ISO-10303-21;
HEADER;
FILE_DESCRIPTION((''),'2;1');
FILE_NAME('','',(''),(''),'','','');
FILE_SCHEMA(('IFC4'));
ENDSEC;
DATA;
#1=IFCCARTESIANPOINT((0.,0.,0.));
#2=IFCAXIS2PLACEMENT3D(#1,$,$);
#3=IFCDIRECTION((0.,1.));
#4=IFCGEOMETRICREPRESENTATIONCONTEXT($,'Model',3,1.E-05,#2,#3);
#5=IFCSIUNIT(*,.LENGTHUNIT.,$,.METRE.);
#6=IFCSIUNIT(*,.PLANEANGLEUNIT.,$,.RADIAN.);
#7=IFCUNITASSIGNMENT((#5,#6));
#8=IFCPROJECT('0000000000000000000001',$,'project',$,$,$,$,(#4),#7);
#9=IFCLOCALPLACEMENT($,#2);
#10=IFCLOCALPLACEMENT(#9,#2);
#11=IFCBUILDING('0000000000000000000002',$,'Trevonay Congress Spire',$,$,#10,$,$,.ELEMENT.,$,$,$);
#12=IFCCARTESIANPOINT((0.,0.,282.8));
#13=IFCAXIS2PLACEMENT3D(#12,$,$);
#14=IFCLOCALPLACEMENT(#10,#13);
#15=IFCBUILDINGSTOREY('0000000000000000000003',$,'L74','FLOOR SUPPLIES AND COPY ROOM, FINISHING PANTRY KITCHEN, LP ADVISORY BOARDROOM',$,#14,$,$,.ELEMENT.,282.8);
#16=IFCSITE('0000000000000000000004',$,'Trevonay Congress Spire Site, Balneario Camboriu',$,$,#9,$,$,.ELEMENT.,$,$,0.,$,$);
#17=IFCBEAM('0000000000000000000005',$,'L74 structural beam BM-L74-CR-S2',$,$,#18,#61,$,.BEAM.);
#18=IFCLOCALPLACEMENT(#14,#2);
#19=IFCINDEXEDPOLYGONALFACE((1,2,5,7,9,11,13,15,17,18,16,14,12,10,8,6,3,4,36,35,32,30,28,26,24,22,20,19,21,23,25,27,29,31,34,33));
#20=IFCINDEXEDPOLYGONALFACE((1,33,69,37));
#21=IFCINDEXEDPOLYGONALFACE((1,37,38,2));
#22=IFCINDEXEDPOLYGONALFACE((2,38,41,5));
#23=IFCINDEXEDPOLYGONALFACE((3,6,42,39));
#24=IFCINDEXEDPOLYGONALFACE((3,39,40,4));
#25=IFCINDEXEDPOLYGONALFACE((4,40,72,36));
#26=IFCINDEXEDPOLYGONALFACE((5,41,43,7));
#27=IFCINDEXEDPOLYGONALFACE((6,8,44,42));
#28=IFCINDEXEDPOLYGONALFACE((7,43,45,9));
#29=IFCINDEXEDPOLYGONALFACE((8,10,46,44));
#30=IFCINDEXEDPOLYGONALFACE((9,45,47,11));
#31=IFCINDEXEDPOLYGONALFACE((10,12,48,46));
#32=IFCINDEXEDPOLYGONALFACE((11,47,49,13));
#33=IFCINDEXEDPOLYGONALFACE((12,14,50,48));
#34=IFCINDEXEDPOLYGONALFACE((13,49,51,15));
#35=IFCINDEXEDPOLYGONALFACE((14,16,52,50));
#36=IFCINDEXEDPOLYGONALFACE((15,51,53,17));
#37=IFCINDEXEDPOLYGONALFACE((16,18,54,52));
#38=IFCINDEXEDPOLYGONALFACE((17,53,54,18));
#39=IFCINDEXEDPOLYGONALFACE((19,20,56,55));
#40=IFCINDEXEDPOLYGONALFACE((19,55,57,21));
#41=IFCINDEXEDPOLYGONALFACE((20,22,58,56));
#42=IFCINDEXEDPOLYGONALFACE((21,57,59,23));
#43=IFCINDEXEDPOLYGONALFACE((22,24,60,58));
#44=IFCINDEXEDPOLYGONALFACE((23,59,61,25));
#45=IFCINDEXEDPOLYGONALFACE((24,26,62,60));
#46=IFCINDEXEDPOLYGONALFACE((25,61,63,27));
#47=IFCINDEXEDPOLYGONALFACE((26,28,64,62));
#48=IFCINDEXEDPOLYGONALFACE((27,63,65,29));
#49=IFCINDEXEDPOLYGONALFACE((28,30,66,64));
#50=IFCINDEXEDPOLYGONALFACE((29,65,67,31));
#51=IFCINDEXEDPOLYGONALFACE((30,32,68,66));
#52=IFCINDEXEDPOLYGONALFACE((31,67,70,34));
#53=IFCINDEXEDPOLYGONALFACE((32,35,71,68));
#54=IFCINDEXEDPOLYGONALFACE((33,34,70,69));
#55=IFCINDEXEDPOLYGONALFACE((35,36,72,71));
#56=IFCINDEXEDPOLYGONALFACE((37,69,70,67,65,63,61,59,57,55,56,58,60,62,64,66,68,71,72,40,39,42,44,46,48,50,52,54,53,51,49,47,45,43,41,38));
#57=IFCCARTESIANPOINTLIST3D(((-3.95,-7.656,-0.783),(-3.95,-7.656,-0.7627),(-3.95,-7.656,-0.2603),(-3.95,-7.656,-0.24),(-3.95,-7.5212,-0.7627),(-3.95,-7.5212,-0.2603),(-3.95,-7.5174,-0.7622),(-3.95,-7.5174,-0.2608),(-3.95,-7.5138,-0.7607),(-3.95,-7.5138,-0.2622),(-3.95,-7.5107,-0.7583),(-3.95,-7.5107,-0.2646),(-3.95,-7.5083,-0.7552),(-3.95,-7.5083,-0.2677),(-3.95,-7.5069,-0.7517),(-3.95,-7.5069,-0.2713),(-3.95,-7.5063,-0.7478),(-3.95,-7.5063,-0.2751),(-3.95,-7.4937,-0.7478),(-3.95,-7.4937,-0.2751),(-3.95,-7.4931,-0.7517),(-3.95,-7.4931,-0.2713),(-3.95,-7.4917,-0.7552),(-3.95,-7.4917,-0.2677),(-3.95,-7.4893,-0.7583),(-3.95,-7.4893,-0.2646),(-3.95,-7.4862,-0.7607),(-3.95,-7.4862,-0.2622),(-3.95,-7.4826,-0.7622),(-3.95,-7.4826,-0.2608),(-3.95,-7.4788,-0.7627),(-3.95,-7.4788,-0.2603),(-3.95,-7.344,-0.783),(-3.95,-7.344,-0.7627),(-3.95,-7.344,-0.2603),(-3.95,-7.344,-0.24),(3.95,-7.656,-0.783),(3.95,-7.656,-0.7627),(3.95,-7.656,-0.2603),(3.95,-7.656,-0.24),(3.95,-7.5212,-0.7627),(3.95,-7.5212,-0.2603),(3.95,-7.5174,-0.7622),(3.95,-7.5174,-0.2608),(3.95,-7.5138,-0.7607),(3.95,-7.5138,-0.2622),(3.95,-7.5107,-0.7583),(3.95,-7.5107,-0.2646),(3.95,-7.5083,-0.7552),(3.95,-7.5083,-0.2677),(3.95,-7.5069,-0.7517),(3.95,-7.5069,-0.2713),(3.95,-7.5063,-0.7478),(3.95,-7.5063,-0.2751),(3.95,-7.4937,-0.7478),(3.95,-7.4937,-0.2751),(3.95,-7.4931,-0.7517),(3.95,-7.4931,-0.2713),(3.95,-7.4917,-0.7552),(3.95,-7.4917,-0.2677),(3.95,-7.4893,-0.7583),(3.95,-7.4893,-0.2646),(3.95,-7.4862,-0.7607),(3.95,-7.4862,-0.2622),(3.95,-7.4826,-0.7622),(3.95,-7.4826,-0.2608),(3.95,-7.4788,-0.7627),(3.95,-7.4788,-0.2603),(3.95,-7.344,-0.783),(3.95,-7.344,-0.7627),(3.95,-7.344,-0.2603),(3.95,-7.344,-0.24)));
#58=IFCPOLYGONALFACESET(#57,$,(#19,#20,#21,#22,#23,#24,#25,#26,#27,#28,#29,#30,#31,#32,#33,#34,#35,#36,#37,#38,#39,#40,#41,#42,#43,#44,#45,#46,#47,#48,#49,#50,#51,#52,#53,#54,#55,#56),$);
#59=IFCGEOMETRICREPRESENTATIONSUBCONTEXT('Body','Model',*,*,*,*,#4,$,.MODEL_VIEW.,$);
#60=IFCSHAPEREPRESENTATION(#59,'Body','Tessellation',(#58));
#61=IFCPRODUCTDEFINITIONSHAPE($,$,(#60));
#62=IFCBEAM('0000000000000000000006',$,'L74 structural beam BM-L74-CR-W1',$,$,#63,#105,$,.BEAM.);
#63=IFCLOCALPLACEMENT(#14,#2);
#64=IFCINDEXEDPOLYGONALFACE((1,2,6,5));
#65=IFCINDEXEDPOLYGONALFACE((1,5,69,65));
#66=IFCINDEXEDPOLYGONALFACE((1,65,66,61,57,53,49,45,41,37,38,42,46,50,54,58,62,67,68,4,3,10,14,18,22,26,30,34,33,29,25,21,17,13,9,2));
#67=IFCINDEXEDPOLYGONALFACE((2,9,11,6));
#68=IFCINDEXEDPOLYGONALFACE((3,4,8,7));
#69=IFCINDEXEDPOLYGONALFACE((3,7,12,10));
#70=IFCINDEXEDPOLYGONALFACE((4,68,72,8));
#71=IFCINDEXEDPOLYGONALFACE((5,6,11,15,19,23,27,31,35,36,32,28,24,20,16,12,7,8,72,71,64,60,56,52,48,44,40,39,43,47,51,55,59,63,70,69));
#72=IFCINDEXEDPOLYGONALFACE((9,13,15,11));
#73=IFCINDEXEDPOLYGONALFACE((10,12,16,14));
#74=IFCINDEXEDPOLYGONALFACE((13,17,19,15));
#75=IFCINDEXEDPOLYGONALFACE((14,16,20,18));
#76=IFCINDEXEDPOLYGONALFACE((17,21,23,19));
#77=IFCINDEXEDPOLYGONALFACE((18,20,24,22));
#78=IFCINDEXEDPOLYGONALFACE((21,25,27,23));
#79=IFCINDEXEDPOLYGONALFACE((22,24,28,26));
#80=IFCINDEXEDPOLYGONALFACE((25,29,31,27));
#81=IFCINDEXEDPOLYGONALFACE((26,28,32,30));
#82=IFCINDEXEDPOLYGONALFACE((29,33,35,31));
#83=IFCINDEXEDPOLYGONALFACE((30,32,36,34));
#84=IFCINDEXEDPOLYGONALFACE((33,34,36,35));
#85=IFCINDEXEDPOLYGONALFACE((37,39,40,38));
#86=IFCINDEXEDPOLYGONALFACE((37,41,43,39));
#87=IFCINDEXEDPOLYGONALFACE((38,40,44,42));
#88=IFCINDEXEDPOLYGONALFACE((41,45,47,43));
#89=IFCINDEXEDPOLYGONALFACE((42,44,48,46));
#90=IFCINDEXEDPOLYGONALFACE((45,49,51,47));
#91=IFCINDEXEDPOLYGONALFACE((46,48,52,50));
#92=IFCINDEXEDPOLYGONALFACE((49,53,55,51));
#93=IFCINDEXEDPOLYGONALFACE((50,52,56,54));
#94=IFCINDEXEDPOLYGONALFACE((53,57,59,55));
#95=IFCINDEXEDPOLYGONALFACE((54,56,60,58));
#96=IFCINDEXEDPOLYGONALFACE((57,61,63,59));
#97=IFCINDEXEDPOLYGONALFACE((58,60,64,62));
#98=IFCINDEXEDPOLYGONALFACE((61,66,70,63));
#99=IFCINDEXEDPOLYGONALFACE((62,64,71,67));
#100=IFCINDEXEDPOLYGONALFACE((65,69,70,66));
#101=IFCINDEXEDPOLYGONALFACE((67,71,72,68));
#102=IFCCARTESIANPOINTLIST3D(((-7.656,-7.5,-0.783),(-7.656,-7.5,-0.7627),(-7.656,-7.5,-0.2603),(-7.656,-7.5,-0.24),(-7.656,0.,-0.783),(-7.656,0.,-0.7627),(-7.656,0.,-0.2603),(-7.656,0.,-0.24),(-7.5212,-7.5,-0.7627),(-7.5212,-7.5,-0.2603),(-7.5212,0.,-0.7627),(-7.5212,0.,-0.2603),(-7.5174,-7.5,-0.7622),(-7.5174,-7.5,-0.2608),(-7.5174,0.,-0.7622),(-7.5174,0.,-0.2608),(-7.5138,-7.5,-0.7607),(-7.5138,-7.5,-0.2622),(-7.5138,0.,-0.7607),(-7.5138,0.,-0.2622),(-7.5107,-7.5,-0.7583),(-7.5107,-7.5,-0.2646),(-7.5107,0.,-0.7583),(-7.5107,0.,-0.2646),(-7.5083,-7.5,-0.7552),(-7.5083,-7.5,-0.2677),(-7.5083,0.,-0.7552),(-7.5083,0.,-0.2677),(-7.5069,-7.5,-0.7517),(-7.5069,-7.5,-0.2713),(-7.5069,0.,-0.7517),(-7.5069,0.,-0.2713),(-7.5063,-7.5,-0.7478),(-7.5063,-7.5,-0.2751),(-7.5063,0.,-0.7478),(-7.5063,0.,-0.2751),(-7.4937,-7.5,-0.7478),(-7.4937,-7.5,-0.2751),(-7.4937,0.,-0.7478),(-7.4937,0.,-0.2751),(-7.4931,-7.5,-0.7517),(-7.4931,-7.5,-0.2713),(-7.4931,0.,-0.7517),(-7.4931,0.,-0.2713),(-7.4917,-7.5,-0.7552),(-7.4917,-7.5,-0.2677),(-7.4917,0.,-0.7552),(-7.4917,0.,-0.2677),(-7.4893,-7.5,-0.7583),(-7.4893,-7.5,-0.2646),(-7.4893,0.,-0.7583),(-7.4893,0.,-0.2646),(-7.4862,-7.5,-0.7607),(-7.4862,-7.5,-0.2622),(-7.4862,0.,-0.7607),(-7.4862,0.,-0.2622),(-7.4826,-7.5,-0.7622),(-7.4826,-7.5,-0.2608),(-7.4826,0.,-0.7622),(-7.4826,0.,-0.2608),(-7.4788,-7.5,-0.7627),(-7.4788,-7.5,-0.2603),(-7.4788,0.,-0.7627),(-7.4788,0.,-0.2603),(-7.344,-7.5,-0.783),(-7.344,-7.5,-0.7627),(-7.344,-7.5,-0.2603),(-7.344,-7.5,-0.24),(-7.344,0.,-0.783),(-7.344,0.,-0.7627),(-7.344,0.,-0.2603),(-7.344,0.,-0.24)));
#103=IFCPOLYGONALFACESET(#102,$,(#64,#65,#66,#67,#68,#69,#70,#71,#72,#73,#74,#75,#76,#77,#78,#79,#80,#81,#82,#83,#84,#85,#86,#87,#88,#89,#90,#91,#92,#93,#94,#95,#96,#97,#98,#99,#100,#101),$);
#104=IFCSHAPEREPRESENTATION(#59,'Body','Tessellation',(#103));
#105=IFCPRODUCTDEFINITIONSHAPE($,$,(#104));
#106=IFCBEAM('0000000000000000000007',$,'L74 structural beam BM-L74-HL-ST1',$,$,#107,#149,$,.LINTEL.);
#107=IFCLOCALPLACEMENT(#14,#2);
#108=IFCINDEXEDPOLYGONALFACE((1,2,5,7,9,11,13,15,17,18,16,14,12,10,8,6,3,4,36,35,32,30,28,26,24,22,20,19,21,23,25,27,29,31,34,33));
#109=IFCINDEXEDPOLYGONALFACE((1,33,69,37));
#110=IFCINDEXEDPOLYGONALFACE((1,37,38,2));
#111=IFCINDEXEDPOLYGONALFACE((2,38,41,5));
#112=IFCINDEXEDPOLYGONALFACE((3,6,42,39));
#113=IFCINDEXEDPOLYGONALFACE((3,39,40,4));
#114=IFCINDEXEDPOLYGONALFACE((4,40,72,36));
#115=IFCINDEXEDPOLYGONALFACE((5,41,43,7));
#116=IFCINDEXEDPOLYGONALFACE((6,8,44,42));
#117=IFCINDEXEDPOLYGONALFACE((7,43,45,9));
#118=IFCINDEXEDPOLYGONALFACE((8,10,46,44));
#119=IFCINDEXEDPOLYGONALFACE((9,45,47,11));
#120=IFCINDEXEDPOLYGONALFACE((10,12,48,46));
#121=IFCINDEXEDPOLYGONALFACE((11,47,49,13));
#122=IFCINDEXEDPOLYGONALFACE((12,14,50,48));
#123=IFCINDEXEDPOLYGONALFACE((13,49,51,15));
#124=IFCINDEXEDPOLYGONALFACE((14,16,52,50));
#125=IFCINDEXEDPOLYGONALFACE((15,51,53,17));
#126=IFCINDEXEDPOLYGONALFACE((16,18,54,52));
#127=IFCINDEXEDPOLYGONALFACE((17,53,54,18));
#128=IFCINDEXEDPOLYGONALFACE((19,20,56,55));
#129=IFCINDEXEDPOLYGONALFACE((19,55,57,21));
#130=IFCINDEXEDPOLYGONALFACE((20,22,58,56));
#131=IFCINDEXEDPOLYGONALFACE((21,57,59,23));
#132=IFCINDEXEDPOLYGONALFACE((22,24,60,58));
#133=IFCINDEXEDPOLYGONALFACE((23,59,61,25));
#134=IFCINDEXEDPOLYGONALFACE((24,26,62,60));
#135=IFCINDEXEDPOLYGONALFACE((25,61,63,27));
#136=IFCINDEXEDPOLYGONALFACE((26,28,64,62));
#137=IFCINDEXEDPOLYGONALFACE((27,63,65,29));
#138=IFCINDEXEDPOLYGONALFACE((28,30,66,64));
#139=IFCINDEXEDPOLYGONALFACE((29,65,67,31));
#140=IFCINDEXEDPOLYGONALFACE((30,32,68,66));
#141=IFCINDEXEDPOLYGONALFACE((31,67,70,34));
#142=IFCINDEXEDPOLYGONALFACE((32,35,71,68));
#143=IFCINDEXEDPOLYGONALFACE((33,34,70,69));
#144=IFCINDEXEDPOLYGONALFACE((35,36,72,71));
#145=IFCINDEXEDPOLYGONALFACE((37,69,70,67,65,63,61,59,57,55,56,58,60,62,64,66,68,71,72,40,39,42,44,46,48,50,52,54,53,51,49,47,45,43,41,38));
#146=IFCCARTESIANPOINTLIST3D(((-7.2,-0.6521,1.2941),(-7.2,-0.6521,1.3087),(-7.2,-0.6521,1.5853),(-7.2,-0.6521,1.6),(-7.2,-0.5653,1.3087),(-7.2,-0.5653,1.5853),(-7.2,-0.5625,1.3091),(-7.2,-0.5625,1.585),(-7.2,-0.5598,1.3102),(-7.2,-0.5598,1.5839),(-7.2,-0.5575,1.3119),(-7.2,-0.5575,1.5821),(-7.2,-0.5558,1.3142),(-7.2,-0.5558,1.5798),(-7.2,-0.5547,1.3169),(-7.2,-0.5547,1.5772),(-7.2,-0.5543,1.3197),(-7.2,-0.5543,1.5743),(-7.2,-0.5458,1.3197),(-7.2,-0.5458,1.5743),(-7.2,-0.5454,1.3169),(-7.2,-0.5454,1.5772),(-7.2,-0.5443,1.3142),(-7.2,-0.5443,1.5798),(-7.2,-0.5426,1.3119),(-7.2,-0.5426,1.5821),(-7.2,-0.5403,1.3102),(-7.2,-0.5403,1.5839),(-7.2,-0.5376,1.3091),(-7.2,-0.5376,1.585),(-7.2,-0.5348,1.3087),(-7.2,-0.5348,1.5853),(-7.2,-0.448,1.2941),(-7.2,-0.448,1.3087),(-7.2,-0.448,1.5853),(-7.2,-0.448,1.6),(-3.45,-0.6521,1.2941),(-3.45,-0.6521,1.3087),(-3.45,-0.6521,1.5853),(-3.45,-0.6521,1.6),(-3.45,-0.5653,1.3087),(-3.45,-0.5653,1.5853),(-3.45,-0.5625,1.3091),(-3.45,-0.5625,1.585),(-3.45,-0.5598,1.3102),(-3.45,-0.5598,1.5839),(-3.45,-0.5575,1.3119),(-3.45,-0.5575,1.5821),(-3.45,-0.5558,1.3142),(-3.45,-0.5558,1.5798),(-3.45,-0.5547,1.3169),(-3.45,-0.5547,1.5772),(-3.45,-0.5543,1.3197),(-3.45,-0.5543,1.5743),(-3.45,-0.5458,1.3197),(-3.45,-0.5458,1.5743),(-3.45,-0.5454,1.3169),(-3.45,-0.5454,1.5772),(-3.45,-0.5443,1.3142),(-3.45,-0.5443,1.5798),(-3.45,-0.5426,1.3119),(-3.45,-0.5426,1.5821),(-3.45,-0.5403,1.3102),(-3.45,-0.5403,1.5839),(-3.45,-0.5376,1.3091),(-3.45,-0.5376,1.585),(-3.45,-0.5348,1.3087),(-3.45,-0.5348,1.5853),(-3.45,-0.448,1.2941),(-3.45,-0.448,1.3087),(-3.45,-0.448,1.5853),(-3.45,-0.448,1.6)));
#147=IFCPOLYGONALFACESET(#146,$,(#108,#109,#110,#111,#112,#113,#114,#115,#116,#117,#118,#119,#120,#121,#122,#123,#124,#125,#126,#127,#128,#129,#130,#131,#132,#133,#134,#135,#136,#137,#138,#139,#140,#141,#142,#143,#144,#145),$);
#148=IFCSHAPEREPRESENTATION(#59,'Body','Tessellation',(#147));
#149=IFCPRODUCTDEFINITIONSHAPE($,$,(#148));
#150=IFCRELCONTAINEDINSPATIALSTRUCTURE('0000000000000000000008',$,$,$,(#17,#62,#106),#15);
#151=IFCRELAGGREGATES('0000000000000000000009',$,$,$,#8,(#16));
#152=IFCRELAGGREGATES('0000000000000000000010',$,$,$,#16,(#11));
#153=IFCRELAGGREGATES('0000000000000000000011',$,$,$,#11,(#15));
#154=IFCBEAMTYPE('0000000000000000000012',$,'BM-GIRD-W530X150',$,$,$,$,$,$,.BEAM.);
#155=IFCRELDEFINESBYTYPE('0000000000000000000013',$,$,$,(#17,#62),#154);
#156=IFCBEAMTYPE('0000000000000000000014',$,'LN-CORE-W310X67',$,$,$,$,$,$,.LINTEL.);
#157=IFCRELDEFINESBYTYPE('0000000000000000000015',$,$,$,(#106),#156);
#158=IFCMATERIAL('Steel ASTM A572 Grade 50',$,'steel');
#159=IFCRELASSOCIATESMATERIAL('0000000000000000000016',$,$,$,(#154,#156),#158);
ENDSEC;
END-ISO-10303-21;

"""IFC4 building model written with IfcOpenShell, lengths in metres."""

from ifc_helpers import new_model, si_unit, direction, frame, origin, origin_2d, place, context, subcontext, project, spatial, i_section, extrude, material, material_profile, profile_set, type_object, element, save


model = new_model("IFC4")

# Units and contexts
model_context = context("Model", 3, precision=1e-05, world=origin(), true_north=direction((0.0, 1.0)))
body_context = subcontext(model_context, "Body", "Model", "MODEL_VIEW")
ifc_project = project(units=[si_unit("LENGTHUNIT", "METRE"), si_unit("PLANEANGLEUNIT", "RADIAN")], contexts=[model_context])

# Site, building, storey
site_placement = place(None, origin())
site = spatial("IfcSite", under=ifc_project, at=site_placement, Name="Trevonay Congress Spire Site, Balneario Camboriu", CompositionType="ELEMENT", RefElevation=0.0)
building_placement = place(site_placement, origin())
building = spatial("IfcBuilding", under=site, at=building_placement, Name="Trevonay Congress Spire", CompositionType="ELEMENT")
storey_placement = place(building_placement, frame((0.0, 0.0, 282.8)))
storey = spatial("IfcBuildingStorey", under=building, at=storey_placement, Name="L74", Description="FLOOR SUPPLIES AND COPY ROOM, FINISHING PANTRY KITCHEN, LP ADVISORY BOARDROOM", CompositionType="ELEMENT", Elevation=282.8)

# Shared definitions
ifc_material_1 = material(Name="Steel ASTM A572 Grade 50", Category="steel")

# Beams
ifc_material_profile_1 = material_profile(ifc_material_1, i_section(OverallWidth=0.312, OverallDepth=0.543, WebThickness=0.0127, FlangeThickness=0.0203, FilletRadius=0.0149, at=origin_2d()), Name="W530x150")
ifc_profile_set_1 = profile_set([ifc_material_profile_1], Name="Steel ASTM A572 Grade 50")
beam_type_1 = type_object("IfcBeamType", Name="BM-GIRD-W530X150", PredefinedType="BEAM", material=ifc_profile_set_1)
beam_1_placement = place(storey_placement, frame((-3.95, -7.5, -0.5115), z_axis=(1.0, 0.0, 0.0), x_axis=(0.0, 1.0, 0.0)))
element("IfcBeam", 1, at=beam_1_placement, inside=storey, type_object=beam_type_1, Name="L74 structural beam BM-L74-CR-S2", PredefinedType="BEAM", context=body_context, shape_type="SweptSolid", body=[
    extrude(i_section(OverallWidth=0.312, OverallDepth=0.543, WebThickness=0.0127, FlangeThickness=0.0203, FilletRadius=0.0149, at=origin_2d()), origin(), (0.0, 0.0, 1.0), 7.8999),
])
beam_2_placement = place(storey_placement, frame((-7.5, -7.5, -0.5115), z_axis=(0.0, 1.0, 0.0), x_axis=(-1.0, 0.0, 0.0)))
element("IfcBeam", 2, at=beam_2_placement, inside=storey, type_object=beam_type_1, Name="L74 structural beam BM-L74-CR-W1", PredefinedType="BEAM", context=body_context, shape_type="SweptSolid", body=[
    extrude(i_section(OverallWidth=0.312, OverallDepth=0.543, WebThickness=0.0127, FlangeThickness=0.0203, FilletRadius=0.0149, at=origin_2d()), origin(), (0.0, 0.0, 1.0), 7.5),
])
ifc_material_profile_2 = material_profile(ifc_material_1, i_section(OverallWidth=0.2041, OverallDepth=0.3059, WebThickness=0.0085, FlangeThickness=0.0146, FilletRadius=0.011, at=origin_2d()), Name="W310x67")
ifc_profile_set_2 = profile_set([ifc_material_profile_2], Name="Steel ASTM A572 Grade 50")
beam_type_2 = type_object("IfcBeamType", Name="LN-CORE-W310X67", PredefinedType="LINTEL", material=ifc_profile_set_2)
beam_3_placement = place(storey_placement, frame((-7.2, -0.55, 1.447), z_axis=(1.0, 0.0, 0.0), x_axis=(0.0, 1.0, 0.0)))
element("IfcBeam", 3, at=beam_3_placement, inside=storey, type_object=beam_type_2, Name="L74 structural beam BM-L74-HL-ST1", PredefinedType="LINTEL", context=body_context, shape_type="SweptSolid", body=[
    extrude(i_section(OverallWidth=0.2041, OverallDepth=0.3059, WebThickness=0.0085, FlangeThickness=0.0146, FilletRadius=0.011, at=origin_2d()), origin(), (0.0, 0.0, 1.0), 3.75),
])

save(model, "model.ifc")
